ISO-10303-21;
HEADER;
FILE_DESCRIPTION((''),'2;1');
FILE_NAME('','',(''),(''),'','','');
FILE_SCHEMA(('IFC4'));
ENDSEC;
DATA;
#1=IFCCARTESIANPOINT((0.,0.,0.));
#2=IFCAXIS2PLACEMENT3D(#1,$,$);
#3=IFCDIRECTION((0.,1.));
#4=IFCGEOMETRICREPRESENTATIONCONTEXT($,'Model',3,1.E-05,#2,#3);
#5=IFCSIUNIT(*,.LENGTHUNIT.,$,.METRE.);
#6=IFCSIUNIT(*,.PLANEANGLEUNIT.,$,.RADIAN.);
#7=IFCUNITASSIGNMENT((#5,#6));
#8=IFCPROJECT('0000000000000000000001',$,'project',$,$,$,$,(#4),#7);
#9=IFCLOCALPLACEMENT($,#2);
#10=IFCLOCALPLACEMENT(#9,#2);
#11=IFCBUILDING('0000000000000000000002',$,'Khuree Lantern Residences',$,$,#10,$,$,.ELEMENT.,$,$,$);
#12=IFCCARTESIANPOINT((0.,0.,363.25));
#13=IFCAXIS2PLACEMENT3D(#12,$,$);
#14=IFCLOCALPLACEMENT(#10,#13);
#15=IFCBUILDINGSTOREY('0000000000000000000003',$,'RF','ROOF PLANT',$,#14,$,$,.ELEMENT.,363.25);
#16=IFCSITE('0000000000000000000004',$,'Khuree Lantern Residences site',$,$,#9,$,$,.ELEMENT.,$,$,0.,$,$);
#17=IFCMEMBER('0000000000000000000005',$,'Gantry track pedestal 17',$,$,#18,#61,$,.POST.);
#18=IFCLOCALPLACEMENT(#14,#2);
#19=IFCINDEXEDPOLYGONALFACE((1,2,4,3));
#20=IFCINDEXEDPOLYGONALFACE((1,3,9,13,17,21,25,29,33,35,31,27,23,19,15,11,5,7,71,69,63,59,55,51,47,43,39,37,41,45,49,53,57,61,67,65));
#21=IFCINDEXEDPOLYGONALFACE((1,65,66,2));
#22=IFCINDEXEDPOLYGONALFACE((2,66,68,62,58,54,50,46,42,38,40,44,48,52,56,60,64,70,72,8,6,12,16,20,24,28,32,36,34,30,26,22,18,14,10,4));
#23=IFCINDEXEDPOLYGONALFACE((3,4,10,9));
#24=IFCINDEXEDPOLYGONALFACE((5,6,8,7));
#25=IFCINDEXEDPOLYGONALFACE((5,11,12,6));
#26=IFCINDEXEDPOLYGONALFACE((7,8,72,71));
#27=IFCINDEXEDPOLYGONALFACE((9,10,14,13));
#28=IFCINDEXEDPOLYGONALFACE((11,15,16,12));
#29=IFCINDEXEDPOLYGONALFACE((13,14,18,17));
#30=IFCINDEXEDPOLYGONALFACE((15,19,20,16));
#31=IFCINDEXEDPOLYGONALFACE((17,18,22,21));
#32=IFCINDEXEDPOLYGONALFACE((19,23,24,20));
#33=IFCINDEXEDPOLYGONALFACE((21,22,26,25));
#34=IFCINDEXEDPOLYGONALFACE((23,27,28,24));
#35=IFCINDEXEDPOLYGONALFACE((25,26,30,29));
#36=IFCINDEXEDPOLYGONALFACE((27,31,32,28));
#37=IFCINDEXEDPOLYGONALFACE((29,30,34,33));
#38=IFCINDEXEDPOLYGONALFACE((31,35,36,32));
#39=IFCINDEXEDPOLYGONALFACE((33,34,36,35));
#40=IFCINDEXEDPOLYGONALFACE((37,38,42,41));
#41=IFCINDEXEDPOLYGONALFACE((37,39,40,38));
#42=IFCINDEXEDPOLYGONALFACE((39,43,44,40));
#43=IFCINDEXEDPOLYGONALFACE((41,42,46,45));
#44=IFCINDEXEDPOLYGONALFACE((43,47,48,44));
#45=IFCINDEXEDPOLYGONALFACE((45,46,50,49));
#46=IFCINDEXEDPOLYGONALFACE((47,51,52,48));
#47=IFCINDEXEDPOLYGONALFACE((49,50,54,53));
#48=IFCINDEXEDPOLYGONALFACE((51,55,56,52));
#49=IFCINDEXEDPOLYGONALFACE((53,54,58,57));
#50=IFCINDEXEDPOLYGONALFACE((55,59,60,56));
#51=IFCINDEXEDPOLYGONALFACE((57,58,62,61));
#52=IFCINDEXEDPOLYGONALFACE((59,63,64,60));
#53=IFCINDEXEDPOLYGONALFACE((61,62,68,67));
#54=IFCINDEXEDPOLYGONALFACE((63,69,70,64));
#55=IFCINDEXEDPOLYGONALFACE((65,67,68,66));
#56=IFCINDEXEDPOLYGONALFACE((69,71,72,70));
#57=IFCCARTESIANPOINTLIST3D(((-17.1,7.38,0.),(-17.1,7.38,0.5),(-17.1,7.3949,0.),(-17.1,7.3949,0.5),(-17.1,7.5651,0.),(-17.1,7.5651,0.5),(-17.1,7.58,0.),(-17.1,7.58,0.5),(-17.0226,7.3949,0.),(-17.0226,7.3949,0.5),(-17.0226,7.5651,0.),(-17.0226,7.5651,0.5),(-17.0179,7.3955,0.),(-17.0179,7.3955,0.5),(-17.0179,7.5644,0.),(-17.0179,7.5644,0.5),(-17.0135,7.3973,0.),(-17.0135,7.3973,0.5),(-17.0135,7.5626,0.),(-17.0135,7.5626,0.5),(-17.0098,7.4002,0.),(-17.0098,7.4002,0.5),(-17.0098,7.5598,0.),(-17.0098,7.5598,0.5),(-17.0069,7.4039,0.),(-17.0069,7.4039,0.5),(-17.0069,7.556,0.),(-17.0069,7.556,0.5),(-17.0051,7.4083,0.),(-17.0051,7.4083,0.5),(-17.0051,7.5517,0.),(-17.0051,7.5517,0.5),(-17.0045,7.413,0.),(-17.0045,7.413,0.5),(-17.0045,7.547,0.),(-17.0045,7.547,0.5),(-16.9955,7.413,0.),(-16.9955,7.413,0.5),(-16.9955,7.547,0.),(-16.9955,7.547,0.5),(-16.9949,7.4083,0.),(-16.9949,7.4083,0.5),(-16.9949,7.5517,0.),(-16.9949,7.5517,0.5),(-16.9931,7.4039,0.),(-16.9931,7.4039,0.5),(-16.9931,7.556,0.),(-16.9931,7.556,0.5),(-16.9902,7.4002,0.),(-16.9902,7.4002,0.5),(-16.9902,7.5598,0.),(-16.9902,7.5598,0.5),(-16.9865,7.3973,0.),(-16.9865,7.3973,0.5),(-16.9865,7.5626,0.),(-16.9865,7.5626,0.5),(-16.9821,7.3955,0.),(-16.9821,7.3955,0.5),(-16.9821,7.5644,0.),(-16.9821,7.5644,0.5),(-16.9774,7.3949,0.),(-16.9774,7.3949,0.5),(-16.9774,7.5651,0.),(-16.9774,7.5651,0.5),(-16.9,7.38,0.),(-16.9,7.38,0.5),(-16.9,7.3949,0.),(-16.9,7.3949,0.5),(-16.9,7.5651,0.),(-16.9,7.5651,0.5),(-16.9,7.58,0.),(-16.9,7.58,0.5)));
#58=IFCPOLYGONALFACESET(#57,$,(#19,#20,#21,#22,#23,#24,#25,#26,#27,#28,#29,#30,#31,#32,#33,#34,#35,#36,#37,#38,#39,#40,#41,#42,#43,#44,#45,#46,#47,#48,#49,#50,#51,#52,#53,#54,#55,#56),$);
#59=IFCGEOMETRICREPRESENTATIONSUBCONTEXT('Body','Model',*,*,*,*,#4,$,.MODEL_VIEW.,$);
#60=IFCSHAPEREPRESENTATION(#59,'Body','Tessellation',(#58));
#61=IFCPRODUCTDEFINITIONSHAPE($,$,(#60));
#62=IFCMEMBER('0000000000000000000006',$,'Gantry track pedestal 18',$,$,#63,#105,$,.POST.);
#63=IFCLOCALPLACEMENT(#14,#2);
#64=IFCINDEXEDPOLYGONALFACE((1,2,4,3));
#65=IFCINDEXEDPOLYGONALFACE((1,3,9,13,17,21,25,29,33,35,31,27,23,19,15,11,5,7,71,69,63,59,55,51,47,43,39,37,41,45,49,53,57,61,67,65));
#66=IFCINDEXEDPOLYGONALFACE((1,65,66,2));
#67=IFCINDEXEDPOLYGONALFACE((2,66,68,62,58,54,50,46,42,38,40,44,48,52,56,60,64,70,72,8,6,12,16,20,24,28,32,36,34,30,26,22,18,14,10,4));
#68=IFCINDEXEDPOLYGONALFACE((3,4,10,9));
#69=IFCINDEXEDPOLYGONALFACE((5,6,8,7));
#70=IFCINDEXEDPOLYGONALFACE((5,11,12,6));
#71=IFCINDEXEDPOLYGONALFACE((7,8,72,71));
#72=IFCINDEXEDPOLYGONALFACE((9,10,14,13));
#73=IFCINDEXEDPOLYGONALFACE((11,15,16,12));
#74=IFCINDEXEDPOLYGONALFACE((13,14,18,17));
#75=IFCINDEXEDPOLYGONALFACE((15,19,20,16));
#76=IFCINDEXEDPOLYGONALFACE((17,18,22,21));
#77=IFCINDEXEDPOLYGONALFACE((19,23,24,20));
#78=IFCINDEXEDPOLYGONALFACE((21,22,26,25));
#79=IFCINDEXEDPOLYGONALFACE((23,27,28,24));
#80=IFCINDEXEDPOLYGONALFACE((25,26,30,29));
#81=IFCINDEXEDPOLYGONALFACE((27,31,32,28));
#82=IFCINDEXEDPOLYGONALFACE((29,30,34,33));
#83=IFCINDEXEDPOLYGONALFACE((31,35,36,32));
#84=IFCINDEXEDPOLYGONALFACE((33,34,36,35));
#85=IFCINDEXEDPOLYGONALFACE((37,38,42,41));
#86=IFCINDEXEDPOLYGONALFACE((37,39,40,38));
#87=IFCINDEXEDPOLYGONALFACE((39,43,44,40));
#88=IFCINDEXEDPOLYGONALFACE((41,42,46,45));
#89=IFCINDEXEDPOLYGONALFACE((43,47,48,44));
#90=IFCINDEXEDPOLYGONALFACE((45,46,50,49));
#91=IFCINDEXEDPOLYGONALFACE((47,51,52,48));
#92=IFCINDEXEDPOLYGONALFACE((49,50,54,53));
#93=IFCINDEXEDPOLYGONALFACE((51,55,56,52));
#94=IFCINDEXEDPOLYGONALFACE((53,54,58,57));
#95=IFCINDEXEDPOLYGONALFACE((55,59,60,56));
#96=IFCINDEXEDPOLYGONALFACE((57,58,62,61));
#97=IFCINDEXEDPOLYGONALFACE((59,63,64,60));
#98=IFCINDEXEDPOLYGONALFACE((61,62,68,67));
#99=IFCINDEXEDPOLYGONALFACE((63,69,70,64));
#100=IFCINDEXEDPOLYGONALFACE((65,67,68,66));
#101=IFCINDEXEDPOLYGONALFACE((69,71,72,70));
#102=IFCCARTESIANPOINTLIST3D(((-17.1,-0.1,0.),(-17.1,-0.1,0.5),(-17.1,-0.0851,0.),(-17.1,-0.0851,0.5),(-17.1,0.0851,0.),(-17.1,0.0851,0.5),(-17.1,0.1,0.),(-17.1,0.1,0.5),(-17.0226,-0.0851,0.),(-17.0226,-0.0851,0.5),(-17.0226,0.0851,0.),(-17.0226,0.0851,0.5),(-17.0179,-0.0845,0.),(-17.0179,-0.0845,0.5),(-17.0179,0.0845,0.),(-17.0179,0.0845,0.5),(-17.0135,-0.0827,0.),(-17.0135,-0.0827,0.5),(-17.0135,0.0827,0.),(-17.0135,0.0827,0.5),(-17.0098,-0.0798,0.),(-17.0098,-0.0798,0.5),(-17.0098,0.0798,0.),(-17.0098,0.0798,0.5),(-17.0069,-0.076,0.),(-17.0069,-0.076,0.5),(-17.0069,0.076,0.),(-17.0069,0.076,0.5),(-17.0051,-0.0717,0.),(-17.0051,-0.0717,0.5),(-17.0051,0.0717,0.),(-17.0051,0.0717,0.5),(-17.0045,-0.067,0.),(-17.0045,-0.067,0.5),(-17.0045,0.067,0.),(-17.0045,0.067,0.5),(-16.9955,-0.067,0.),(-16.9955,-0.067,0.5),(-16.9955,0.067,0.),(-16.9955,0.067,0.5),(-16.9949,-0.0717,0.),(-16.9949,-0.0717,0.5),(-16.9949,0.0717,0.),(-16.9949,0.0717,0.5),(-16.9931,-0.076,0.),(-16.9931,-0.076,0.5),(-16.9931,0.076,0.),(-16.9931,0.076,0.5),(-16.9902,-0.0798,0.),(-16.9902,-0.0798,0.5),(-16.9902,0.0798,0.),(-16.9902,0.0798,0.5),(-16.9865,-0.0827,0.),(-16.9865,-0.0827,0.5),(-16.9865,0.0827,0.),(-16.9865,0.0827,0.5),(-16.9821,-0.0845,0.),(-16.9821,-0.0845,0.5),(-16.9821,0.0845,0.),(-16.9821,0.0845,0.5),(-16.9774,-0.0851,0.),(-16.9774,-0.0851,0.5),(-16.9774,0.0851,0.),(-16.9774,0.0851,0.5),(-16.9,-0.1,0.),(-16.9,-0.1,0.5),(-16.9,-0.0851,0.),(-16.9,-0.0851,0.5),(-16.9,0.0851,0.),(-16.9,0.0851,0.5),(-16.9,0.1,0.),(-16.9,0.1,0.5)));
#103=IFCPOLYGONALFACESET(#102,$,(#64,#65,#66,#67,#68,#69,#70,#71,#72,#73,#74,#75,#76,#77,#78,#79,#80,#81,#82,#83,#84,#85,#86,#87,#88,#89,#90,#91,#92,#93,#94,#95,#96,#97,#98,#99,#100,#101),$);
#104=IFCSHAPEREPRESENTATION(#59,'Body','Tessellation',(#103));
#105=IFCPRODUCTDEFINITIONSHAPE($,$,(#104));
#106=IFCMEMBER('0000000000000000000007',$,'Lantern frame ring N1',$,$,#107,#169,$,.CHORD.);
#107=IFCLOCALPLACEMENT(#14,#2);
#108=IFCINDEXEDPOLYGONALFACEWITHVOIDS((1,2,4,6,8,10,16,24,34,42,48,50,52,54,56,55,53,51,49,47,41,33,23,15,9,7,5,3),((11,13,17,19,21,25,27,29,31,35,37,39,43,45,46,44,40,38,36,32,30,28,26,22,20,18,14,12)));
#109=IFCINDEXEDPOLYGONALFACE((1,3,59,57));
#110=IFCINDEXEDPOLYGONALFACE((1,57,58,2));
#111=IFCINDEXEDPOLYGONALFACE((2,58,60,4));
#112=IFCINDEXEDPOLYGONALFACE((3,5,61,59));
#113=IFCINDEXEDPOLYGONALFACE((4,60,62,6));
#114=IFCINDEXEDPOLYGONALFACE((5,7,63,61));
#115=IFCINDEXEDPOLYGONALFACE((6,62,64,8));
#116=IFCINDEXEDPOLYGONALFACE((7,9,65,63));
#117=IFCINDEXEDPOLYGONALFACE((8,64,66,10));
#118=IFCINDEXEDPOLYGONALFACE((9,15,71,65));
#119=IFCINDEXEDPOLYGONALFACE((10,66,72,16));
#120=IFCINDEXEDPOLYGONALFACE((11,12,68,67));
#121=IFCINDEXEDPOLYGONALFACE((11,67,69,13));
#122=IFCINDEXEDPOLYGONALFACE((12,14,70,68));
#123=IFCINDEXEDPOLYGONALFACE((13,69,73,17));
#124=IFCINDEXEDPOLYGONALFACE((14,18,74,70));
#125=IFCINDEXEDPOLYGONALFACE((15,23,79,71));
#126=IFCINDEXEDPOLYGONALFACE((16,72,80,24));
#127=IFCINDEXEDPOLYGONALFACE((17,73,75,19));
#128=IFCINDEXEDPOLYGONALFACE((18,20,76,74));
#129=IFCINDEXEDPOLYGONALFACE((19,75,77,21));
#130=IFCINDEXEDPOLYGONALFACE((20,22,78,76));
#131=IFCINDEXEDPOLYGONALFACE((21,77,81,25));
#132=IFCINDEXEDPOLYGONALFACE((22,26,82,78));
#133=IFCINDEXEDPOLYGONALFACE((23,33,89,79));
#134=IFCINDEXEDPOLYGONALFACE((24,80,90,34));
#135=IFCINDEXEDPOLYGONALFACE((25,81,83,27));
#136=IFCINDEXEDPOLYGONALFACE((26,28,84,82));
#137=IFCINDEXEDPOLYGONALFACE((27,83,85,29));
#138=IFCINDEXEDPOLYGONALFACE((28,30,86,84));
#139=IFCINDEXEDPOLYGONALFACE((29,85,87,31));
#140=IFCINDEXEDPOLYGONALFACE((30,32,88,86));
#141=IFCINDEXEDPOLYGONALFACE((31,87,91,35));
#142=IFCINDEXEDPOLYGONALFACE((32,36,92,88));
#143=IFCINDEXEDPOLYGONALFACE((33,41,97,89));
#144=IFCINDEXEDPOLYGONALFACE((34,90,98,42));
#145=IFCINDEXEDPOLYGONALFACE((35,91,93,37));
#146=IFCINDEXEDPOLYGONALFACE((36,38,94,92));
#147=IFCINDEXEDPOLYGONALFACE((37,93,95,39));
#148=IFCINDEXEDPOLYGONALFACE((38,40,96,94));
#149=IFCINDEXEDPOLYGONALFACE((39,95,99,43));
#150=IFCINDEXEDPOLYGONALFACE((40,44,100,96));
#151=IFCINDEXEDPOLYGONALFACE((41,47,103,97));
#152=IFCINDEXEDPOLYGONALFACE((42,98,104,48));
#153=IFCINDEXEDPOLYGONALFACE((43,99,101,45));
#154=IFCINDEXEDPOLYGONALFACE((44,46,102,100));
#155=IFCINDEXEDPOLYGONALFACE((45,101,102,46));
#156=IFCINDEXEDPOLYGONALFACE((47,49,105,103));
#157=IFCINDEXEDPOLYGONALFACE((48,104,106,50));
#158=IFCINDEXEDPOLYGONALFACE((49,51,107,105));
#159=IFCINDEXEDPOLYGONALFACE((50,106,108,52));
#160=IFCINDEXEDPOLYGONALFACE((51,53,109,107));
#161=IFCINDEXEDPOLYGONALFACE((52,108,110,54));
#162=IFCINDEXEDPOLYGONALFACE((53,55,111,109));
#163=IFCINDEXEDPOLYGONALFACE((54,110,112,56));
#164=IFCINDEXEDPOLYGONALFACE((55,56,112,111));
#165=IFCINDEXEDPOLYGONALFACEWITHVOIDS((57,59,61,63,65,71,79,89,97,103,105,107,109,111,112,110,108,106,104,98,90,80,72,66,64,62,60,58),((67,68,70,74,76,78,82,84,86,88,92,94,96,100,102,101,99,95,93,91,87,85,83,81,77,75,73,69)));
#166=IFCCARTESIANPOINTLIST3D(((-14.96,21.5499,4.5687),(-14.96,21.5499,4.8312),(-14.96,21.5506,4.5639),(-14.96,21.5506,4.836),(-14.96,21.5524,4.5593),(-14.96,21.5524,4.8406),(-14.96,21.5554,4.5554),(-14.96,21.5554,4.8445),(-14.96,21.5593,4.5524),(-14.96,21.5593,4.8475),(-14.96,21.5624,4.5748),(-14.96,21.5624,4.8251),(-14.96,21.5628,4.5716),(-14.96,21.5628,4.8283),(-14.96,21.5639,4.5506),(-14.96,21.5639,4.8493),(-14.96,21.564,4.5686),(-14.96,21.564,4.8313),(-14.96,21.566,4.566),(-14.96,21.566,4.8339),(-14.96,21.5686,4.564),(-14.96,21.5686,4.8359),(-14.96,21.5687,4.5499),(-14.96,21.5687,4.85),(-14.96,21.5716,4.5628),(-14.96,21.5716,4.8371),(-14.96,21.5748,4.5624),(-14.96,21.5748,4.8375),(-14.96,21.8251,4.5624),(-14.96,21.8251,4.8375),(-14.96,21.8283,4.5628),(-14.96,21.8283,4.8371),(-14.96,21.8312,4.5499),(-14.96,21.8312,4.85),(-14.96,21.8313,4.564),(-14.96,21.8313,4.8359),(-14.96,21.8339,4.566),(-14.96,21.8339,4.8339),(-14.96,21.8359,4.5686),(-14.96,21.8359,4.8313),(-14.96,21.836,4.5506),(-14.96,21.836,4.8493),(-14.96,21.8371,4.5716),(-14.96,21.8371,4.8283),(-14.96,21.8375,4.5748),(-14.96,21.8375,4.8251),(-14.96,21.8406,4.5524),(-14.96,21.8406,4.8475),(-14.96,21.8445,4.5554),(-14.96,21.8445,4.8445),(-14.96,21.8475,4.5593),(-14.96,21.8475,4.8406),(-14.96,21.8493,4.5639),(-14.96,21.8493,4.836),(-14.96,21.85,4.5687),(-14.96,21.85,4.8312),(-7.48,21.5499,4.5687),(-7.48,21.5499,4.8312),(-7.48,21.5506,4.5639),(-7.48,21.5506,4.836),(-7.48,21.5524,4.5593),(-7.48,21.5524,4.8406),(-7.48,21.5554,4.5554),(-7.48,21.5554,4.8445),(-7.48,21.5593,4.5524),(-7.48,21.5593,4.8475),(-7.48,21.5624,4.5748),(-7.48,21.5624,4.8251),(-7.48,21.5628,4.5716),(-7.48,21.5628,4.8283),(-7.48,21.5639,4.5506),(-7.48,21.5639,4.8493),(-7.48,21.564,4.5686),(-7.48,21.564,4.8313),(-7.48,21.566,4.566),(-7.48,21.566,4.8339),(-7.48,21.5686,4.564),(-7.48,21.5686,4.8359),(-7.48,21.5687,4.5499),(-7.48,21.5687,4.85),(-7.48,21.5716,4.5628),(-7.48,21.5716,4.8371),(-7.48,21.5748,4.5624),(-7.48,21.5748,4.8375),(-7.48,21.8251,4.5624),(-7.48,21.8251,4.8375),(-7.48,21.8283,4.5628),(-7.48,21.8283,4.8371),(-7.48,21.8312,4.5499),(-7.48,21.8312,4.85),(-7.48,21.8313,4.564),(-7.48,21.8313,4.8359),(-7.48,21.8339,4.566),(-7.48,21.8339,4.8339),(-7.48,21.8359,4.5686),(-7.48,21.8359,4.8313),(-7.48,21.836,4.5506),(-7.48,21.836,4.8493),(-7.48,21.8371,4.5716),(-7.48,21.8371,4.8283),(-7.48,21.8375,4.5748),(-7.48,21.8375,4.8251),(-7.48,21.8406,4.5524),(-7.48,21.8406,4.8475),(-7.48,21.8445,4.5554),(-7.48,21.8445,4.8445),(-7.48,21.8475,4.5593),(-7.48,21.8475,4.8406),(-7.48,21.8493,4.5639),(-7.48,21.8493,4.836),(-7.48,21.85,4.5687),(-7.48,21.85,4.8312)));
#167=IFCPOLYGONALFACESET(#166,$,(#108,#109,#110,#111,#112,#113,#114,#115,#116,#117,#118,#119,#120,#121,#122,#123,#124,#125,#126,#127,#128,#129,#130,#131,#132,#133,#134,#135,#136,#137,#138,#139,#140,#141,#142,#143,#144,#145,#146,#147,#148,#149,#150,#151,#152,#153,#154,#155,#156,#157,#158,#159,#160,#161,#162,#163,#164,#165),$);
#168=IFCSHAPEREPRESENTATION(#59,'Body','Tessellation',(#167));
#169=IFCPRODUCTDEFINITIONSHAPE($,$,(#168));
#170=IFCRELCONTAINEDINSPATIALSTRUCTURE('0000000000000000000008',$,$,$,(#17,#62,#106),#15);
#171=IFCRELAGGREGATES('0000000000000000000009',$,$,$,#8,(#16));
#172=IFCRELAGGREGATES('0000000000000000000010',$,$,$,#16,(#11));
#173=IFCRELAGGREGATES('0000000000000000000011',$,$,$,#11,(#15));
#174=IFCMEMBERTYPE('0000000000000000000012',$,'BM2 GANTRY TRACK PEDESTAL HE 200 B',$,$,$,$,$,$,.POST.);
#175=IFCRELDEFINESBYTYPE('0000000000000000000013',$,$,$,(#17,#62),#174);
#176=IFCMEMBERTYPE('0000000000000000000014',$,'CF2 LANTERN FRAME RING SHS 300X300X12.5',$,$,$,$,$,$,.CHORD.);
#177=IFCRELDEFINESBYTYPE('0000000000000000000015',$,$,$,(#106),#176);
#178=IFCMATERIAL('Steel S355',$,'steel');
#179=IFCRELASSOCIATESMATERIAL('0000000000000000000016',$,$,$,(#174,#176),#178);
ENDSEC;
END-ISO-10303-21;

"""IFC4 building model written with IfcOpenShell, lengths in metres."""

from ifc_helpers import new_model, si_unit, direction, frame, origin, origin_2d, place, context, subcontext, project, spatial, hollow_rectangle, i_section, extrude, material, material_profile, profile_set, type_object, element, save


model = new_model("IFC4")

# Units and contexts
model_context = context("Model", 3, precision=1e-05, world=origin(), true_north=direction((0.0, 1.0)))
body_context = subcontext(model_context, "Body", "Model", "MODEL_VIEW")
ifc_project = project(units=[si_unit("LENGTHUNIT", "METRE"), si_unit("PLANEANGLEUNIT", "RADIAN")], contexts=[model_context])

# Site, building, storey
site_placement = place(None, origin())
site = spatial("IfcSite", under=ifc_project, at=site_placement, Name="Khuree Lantern Residences site", CompositionType="ELEMENT", RefElevation=0.0)
building_placement = place(site_placement, origin())
building = spatial("IfcBuilding", under=site, at=building_placement, Name="Khuree Lantern Residences", CompositionType="ELEMENT")
storey_placement = place(building_placement, frame((0.0, 0.0, 363.25)))
storey = spatial("IfcBuildingStorey", under=building, at=storey_placement, Name="RF", Description="ROOF PLANT", CompositionType="ELEMENT", Elevation=363.25)

# Shared definitions
ifc_material_1 = material(Name="Steel S355", Category="steel")

# Members
ifc_material_profile_1 = material_profile(ifc_material_1, i_section(OverallWidth=0.2, OverallDepth=0.2, WebThickness=0.009, FlangeThickness=0.0149, FilletRadius=0.0181, at=origin_2d()), Name="HE 200 B")
ifc_profile_set_1 = profile_set([ifc_material_profile_1], Name="Steel S355")
member_type_1 = type_object("IfcMemberType", Name="BM2 GANTRY TRACK PEDESTAL HE 200 B", PredefinedType="POST", material=ifc_profile_set_1)
for number, where, z_axis, x_axis, name in (
    (1, (-17.0, 7.48, 0.0), (0.0, 0.0, 1.0), (1.0, 0.0, 0.0), "Gantry track pedestal 17"),
    (2, (-17.0, 0.0, 0.0), (0.0, 0.0, 1.0), (1.0, 0.0, 0.0), "Gantry track pedestal 18"),
):
    element("IfcMember", number, at=place(storey_placement, frame(where, z_axis=z_axis, x_axis=x_axis)), inside=storey, type_object=member_type_1, Name=name, PredefinedType="POST", context=body_context, shape_type="SweptSolid", body=[
        extrude(i_section(OverallWidth=0.2, OverallDepth=0.2, WebThickness=0.009, FlangeThickness=0.0149, FilletRadius=0.0181, at=origin_2d()), origin(), (0.0, 0.0, 1.0), 0.5),
    ])
ifc_material_profile_2 = material_profile(ifc_material_1, hollow_rectangle(XDim=0.3, YDim=0.3, WallThickness=0.0125, InnerFilletRadius=0.0125, OuterFilletRadius=0.0188, at=origin_2d()), Name="SHS 300X300X12.5")
ifc_profile_set_2 = profile_set([ifc_material_profile_2], Name="Steel S355")
member_type_2 = type_object("IfcMemberType", Name="CF2 LANTERN FRAME RING SHS 300X300X12.5", PredefinedType="CHORD", material=ifc_profile_set_2)
member_1_placement = place(storey_placement, frame((-14.96, 21.7, 4.7), z_axis=(1.0, 0.0, 0.0), x_axis=(0.0, 1.0, 0.0)))
element("IfcMember", 3, at=member_1_placement, inside=storey, type_object=member_type_2, Name="Lantern frame ring N1", PredefinedType="CHORD", context=body_context, shape_type="SweptSolid", body=[
    extrude(hollow_rectangle(XDim=0.3, YDim=0.3, WallThickness=0.0125, InnerFilletRadius=0.0125, OuterFilletRadius=0.0188, at=origin_2d()), origin(), (0.0, 0.0, 1.0), 7.48),
])

save(model, "model.ifc")
